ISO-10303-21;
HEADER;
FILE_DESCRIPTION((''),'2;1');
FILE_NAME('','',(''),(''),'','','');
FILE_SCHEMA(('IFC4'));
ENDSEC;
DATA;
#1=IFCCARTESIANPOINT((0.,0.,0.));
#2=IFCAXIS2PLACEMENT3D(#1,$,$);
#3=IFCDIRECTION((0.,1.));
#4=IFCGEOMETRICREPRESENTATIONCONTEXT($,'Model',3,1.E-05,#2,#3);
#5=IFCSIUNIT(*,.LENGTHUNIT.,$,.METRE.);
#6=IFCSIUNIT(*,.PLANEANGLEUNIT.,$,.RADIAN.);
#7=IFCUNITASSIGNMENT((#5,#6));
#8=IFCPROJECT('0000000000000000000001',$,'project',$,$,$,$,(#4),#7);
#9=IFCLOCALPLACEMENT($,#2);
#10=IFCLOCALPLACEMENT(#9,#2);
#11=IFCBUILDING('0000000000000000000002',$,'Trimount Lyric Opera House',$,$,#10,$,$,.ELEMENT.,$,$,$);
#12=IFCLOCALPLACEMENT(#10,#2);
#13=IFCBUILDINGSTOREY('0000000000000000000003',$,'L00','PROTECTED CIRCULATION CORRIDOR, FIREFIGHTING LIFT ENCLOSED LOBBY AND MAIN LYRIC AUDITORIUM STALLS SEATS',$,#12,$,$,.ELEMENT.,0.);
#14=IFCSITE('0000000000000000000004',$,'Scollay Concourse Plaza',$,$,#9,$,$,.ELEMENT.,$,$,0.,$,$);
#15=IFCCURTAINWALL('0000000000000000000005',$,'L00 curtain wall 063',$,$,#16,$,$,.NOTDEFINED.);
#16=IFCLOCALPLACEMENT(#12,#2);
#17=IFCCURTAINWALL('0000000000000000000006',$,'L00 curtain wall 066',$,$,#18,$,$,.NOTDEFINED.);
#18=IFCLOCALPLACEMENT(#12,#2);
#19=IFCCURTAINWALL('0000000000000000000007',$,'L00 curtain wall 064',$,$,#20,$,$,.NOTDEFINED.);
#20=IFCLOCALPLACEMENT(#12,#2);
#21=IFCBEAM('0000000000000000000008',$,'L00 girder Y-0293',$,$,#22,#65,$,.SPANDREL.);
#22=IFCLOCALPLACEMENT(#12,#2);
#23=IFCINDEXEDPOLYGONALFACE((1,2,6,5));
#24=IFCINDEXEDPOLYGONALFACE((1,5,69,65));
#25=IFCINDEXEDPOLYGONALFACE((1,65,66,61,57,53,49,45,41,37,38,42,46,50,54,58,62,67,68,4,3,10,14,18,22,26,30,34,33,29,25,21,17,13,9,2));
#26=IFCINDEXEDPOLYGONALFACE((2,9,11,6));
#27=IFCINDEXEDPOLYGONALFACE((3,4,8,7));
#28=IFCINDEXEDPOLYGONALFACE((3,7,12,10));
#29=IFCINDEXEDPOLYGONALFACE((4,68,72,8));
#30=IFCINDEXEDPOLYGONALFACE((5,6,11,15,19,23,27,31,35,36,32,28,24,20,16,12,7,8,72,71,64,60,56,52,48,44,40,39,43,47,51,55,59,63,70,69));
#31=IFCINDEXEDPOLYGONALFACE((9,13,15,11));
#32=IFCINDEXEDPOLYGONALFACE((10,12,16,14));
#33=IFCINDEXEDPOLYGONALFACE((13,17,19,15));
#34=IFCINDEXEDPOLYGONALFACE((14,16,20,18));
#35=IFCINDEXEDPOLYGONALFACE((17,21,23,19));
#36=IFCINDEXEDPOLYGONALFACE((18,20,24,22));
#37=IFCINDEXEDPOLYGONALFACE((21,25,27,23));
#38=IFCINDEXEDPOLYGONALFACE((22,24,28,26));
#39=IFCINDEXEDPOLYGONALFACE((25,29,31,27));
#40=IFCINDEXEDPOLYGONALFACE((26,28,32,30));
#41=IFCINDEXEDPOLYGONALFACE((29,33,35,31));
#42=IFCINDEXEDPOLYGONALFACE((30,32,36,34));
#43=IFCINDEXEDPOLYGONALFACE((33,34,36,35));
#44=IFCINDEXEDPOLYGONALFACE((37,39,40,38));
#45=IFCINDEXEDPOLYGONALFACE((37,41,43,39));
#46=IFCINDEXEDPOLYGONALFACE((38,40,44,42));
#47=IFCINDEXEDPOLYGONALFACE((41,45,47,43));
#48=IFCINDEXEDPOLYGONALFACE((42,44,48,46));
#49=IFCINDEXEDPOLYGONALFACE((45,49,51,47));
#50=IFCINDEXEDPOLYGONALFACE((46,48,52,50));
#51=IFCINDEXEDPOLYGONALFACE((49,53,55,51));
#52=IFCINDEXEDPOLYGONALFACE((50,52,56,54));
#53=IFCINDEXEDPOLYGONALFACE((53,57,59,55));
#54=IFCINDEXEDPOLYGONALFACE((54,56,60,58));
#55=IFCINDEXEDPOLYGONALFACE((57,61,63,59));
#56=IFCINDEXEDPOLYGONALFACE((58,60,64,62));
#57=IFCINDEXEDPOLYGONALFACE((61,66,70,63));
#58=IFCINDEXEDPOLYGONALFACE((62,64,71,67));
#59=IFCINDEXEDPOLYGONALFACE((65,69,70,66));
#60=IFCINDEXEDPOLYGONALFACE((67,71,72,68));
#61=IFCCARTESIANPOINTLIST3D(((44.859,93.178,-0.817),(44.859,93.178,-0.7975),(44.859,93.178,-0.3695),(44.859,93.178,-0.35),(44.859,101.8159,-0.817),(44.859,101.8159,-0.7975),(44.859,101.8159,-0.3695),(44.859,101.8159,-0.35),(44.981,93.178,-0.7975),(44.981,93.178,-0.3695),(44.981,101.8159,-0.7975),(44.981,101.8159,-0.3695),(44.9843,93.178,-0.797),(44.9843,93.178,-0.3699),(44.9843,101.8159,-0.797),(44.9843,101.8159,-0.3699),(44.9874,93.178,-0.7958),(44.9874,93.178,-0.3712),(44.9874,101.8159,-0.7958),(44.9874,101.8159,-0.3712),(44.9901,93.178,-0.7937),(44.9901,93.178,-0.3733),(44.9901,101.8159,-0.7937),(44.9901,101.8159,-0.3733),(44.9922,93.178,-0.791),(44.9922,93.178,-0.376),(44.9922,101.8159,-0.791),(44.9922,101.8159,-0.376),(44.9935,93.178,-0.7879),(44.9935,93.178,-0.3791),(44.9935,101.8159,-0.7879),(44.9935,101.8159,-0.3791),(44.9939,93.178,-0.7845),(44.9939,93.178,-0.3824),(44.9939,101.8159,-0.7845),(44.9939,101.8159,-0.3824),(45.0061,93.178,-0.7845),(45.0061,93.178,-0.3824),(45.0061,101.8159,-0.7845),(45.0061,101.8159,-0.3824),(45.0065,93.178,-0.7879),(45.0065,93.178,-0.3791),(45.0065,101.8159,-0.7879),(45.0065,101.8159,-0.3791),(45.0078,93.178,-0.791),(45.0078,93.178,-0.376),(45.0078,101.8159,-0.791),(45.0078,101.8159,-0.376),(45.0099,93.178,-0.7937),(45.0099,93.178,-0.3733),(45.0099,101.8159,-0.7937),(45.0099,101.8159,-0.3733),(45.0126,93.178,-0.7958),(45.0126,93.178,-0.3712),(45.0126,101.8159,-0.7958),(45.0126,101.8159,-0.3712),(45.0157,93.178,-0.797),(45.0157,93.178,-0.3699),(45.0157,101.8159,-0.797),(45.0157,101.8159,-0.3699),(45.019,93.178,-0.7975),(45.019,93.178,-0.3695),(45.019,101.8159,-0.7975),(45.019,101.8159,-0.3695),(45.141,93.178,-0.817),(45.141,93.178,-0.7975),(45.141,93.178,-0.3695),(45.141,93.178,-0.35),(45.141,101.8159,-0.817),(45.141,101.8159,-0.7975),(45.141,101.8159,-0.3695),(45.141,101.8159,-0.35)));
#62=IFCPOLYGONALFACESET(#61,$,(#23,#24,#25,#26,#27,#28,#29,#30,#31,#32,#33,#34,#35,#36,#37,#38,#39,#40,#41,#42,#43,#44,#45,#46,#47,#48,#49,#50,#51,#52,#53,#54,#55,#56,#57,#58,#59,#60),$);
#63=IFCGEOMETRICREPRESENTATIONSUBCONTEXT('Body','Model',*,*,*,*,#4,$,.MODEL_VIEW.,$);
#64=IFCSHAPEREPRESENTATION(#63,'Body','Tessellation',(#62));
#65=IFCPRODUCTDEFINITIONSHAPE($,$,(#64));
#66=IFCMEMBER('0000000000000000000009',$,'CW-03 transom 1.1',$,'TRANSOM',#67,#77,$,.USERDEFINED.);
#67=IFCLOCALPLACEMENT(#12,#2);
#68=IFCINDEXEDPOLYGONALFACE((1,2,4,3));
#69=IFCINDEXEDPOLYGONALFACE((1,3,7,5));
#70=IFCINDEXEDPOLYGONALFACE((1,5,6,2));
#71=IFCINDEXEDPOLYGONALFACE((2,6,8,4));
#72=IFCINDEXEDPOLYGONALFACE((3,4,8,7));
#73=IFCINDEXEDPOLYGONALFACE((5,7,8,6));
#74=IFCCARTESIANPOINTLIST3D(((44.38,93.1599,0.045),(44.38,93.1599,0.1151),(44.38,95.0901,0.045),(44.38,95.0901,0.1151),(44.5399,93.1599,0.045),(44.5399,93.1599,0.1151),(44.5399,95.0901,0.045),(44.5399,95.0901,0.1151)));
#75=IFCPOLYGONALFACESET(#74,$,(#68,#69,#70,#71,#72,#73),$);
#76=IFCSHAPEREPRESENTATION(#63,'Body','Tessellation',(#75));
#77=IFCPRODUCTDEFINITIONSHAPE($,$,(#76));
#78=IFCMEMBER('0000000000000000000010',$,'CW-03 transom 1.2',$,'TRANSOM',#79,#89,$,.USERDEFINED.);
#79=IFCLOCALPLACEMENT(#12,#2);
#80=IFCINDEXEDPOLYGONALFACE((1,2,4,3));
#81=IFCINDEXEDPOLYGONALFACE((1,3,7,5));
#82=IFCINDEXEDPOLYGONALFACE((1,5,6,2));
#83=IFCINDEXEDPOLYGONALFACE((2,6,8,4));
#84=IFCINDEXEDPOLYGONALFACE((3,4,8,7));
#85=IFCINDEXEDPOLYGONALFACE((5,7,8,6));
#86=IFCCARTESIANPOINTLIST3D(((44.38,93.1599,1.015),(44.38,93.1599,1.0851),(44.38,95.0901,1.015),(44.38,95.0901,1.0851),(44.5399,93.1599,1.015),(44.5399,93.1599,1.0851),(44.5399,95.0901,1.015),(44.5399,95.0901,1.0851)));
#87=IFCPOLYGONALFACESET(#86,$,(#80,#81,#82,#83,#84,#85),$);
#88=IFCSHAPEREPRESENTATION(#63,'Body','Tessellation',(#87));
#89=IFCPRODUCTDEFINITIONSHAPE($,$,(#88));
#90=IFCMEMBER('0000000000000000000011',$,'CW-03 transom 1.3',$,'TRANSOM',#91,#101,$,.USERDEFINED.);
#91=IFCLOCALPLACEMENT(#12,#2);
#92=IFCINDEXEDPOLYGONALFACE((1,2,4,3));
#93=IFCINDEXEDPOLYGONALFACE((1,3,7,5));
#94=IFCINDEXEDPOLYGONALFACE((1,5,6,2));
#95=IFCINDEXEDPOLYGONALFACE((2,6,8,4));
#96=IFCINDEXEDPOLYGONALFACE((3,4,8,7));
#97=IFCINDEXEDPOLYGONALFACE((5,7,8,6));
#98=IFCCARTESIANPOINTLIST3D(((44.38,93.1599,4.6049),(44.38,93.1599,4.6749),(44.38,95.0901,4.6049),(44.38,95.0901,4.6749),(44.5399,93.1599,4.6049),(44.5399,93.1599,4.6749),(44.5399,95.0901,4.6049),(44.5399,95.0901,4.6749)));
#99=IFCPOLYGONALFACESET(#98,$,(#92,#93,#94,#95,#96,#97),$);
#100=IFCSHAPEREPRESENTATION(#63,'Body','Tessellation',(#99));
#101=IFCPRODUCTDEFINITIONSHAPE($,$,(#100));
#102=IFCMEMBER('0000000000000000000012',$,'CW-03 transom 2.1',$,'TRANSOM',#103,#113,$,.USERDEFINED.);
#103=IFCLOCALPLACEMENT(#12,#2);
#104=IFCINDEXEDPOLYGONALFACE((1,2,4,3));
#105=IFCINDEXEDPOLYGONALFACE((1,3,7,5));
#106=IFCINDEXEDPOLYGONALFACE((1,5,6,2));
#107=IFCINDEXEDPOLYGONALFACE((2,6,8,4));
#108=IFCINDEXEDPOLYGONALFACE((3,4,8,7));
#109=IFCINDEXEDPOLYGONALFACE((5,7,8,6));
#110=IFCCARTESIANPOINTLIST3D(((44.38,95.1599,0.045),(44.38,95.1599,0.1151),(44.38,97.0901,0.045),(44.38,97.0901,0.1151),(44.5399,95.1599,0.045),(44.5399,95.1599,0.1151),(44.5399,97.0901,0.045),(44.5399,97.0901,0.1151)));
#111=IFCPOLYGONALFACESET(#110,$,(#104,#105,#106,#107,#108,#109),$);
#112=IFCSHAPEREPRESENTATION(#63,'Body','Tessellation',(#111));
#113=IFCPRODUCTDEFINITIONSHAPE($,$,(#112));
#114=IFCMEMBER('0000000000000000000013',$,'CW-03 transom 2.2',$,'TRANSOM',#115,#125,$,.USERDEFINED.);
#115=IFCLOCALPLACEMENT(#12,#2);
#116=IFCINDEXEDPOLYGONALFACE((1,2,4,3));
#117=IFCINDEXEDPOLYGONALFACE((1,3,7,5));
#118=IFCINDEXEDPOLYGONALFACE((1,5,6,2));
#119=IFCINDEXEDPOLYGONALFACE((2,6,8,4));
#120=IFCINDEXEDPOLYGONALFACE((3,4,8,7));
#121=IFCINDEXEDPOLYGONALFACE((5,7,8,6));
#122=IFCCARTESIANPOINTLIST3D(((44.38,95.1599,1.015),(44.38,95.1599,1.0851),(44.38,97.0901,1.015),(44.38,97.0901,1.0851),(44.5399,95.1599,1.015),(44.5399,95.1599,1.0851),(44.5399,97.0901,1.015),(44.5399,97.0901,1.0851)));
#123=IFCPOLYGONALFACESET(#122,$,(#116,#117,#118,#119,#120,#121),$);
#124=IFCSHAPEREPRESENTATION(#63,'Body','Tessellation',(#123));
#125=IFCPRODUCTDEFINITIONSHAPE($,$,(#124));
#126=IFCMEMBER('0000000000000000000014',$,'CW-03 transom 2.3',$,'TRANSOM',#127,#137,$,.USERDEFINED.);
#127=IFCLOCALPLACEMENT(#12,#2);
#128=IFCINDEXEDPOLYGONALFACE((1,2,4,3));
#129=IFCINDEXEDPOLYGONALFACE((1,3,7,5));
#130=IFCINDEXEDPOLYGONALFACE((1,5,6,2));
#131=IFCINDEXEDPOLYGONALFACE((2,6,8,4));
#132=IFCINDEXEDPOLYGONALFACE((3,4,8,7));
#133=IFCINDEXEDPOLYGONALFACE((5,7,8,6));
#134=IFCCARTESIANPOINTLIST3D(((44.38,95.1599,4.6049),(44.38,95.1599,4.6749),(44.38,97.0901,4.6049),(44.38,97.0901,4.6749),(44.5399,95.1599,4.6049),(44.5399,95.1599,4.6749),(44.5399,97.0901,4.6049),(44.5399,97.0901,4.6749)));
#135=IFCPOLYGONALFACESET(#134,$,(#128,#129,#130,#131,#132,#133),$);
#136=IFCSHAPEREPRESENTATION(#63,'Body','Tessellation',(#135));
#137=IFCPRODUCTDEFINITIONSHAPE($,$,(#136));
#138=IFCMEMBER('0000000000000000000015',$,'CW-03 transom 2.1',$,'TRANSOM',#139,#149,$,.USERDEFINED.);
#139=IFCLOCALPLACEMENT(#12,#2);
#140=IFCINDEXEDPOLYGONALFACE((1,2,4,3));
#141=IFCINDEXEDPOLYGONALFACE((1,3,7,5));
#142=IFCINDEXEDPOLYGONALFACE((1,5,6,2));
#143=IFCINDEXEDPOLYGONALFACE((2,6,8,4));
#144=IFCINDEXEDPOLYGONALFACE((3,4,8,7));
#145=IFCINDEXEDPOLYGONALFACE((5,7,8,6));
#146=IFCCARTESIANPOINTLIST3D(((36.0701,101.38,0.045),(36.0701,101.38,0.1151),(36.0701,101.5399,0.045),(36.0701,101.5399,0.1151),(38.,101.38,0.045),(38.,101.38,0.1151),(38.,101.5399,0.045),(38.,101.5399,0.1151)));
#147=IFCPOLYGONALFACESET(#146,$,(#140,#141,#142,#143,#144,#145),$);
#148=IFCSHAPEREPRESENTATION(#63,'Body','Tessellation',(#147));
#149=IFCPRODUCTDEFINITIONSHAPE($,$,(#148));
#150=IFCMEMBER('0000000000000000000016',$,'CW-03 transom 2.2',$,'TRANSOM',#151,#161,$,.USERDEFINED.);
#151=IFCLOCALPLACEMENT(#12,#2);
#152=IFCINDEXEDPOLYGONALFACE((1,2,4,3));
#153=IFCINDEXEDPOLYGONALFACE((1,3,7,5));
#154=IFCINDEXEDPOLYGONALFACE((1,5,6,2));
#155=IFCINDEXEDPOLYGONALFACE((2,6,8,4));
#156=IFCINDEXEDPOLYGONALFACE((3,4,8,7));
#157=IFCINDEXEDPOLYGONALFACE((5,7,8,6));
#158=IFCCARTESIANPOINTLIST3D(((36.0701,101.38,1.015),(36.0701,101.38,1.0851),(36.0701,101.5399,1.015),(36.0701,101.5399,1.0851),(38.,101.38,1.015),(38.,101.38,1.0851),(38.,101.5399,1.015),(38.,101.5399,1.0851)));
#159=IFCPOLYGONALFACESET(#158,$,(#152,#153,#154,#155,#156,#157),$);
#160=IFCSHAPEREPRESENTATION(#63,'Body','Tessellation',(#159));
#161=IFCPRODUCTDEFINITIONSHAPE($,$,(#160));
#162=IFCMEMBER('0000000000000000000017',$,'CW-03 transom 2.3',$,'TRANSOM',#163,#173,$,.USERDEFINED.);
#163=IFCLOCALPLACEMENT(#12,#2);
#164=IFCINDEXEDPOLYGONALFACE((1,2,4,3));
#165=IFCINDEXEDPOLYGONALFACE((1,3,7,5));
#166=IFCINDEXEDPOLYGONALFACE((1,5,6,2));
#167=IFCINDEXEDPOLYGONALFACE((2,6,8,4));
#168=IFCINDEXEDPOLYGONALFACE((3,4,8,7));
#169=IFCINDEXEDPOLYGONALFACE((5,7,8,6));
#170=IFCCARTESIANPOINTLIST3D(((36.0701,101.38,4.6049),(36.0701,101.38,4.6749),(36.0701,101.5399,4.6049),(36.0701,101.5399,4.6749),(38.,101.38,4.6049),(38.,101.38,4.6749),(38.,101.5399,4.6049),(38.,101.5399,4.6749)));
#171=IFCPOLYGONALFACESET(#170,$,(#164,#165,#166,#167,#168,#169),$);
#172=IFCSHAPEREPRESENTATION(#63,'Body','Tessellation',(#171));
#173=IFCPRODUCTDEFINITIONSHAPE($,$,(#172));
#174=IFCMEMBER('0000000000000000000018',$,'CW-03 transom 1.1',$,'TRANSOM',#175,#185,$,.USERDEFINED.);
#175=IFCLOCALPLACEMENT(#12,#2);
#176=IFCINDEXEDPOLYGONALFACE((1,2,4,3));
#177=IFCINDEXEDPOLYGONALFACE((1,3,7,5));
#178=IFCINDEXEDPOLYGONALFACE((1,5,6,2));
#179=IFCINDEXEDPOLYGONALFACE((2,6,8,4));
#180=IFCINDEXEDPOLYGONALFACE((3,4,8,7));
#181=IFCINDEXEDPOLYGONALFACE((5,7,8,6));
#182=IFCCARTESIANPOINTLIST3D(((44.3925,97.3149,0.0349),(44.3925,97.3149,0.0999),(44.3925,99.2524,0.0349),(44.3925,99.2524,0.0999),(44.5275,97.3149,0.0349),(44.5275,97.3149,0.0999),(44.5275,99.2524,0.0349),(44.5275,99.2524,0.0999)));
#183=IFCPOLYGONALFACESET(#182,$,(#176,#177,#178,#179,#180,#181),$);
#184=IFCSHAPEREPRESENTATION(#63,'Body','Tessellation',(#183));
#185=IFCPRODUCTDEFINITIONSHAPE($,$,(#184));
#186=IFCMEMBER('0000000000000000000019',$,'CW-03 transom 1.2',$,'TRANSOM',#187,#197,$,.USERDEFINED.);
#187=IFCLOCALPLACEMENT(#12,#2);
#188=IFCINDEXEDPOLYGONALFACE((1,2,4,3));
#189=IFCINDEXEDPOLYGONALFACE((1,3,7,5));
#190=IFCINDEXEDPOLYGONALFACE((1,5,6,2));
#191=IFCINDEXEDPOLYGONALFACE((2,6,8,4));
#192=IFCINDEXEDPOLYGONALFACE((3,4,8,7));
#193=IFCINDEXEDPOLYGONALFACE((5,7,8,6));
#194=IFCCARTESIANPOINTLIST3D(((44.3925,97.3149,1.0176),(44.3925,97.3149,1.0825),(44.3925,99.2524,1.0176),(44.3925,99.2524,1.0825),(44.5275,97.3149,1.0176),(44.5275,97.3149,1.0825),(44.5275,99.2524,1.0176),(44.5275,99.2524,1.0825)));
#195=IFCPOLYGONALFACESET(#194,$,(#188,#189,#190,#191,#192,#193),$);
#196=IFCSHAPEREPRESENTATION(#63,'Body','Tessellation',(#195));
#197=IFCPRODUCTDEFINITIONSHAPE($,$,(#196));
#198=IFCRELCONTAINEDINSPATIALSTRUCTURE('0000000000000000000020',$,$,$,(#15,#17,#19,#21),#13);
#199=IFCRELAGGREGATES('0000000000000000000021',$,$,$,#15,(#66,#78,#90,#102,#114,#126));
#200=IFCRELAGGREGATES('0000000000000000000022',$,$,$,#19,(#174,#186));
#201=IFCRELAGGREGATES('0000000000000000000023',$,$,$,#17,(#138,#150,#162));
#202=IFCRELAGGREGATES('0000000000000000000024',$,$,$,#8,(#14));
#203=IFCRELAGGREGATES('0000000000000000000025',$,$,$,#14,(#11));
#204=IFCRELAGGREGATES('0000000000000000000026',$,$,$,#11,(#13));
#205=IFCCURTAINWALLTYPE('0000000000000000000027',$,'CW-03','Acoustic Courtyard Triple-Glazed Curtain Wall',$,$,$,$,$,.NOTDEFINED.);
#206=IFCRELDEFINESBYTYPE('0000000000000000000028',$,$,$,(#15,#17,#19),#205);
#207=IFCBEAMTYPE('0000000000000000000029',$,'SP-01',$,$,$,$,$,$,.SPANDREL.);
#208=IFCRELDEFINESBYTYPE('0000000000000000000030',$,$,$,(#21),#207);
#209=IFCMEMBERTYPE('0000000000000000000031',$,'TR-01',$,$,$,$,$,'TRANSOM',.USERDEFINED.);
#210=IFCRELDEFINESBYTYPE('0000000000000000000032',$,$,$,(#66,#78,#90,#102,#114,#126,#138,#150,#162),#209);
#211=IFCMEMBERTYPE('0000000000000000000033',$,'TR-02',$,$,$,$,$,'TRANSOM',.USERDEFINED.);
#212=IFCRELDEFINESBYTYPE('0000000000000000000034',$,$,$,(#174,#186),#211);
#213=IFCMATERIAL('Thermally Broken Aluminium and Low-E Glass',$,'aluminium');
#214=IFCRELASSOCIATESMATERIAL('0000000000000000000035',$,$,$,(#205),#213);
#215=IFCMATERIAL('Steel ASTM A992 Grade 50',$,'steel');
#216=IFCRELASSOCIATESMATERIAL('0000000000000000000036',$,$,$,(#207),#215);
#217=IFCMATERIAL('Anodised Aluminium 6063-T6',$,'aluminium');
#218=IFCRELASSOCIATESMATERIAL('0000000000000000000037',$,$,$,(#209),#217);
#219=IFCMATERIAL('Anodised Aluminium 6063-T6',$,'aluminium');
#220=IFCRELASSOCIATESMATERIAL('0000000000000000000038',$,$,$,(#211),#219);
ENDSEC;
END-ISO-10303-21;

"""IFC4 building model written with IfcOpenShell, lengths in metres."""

from ifc_helpers import new_model, si_unit, direction, frame, origin, origin_2d, place, context, subcontext, project, spatial, rectangle, i_section, extrude, material, material_profile, profile_set, type_object, element, aggregate, save


model = new_model("IFC4")

# Units and contexts
model_context = context("Model", 3, precision=1e-05, world=origin(), true_north=direction((0.0, 1.0)))
body_context = subcontext(model_context, "Body", "Model", "MODEL_VIEW")
ifc_project = project(units=[si_unit("LENGTHUNIT", "METRE"), si_unit("PLANEANGLEUNIT", "RADIAN")], contexts=[model_context])

# Site, building, storey
site_placement = place(None, origin())
site = spatial("IfcSite", under=ifc_project, at=site_placement, Name="Scollay Concourse Plaza", CompositionType="ELEMENT", RefElevation=0.0)
building_placement = place(site_placement, origin())
building = spatial("IfcBuilding", under=site, at=building_placement, Name="Trimount Lyric Opera House", CompositionType="ELEMENT")
storey_placement = place(building_placement, origin())
storey = spatial("IfcBuildingStorey", under=building, at=storey_placement, Name="L00", Description="PROTECTED CIRCULATION CORRIDOR, FIREFIGHTING LIFT ENCLOSED LOBBY AND MAIN LYRIC AUDITORIUM STALLS SEATS", CompositionType="ELEMENT", Elevation=0.0)

# Curtain walls
ifc_material_1 = material(Name="Thermally Broken Aluminium and Low-E Glass", Category="aluminium")
curtain_wall_type = type_object("IfcCurtainWallType", Name="CW-03", Description="Acoustic Courtyard Triple-Glazed Curtain Wall", PredefinedType="NOTDEFINED", material=ifc_material_1)
curtain_wall_1_placement = place(storey_placement, origin())
curtain_wall_1 = element("IfcCurtainWall", 1, at=curtain_wall_1_placement, inside=storey, type_object=curtain_wall_type, Name="L00 curtain wall 063", PredefinedType="NOTDEFINED")
curtain_wall_2_placement = place(storey_placement, origin())
curtain_wall_2 = element("IfcCurtainWall", 2, at=curtain_wall_2_placement, inside=storey, type_object=curtain_wall_type, Name="L00 curtain wall 066", PredefinedType="NOTDEFINED")
curtain_wall_3_placement = place(storey_placement, origin())
curtain_wall_3 = element("IfcCurtainWall", 3, at=curtain_wall_3_placement, inside=storey, type_object=curtain_wall_type, Name="L00 curtain wall 064", PredefinedType="NOTDEFINED")

# Beam
ifc_material_2 = material(Name="Steel ASTM A992 Grade 50", Category="steel")
ifc_material_profile_1 = material_profile(ifc_material_2, i_section(OverallWidth=0.282, OverallDepth=0.467, WebThickness=0.0122, FlangeThickness=0.0195, FilletRadius=0.0129, at=origin_2d()), Name="W18X86")
ifc_profile_set_1 = profile_set([ifc_material_profile_1], Name="Steel ASTM A992 Grade 50")
beam_type = type_object("IfcBeamType", Name="SP-01", PredefinedType="SPANDREL", material=ifc_profile_set_1)
beam_placement = place(storey_placement, frame((45.0, 93.178, -0.5835), z_axis=(0.0, 1.0, 0.0), x_axis=(-1.0, 0.0, 0.0)))
element("IfcBeam", 4, at=beam_placement, inside=storey, type_object=beam_type, Name="L00 girder Y-0293", PredefinedType="SPANDREL", context=body_context, shape_type="SweptSolid", body=[
    extrude(i_section(OverallWidth=0.282, OverallDepth=0.467, WebThickness=0.0122, FlangeThickness=0.0195, FilletRadius=0.0129, at=origin_2d()), origin(), (0.0, 0.0, 1.0), 8.6379),
])

# Members
ifc_material_3 = material(Name="Anodised Aluminium 6063-T6", Category="aluminium")
ifc_material_profile_2 = material_profile(ifc_material_3, rectangle(XDim=0.1599, YDim=0.0701, at=origin_2d()), Name="ALU-TRAN-70X160")
ifc_profile_set_2 = profile_set([ifc_material_profile_2], Name="Anodised Aluminium 6063-T6")
member_type_1 = type_object("IfcMemberType", Name="TR-01", ElementType="TRANSOM", PredefinedType="USERDEFINED", material=ifc_profile_set_2)
member_1_placement = place(storey_placement, frame((44.46, 93.1599, 0.0801), z_axis=(0.0, 1.0, 0.0), x_axis=(-1.0, 0.0, 0.0)))
member_1 = element("IfcMember", 5, at=member_1_placement, type_object=member_type_1, Name="CW-03 transom 1.1", ObjectType="TRANSOM", PredefinedType="USERDEFINED", context=body_context, shape_type="SweptSolid", body=[
    extrude(rectangle(XDim=0.1599, YDim=0.0701, at=origin_2d()), origin(), (0.0, 0.0, 1.0), 1.9302),
])
member_2_placement = place(storey_placement, frame((44.46, 93.1599, 1.05), z_axis=(0.0, 1.0, 0.0), x_axis=(-1.0, 0.0, 0.0)))
member_2 = element("IfcMember", 6, at=member_2_placement, type_object=member_type_1, Name="CW-03 transom 1.2", ObjectType="TRANSOM", PredefinedType="USERDEFINED", context=body_context, shape_type="SweptSolid", body=[
    extrude(rectangle(XDim=0.1599, YDim=0.0701, at=origin_2d()), origin(), (0.0, 0.0, 1.0), 1.9302),
])
member_3_placement = place(storey_placement, frame((44.46, 93.1599, 4.6399), z_axis=(0.0, 1.0, 0.0), x_axis=(-1.0, 0.0, 0.0)))
member_3 = element("IfcMember", 7, at=member_3_placement, type_object=member_type_1, Name="CW-03 transom 1.3", ObjectType="TRANSOM", PredefinedType="USERDEFINED", context=body_context, shape_type="SweptSolid", body=[
    extrude(rectangle(XDim=0.1599, YDim=0.0701, at=origin_2d()), origin(), (0.0, 0.0, 1.0), 1.9302),
])
member_4_placement = place(storey_placement, frame((44.46, 95.1599, 0.0801), z_axis=(0.0, 1.0, 0.0), x_axis=(-1.0, 0.0, 0.0)))
member_4 = element("IfcMember", 8, at=member_4_placement, type_object=member_type_1, Name="CW-03 transom 2.1", ObjectType="TRANSOM", PredefinedType="USERDEFINED", context=body_context, shape_type="SweptSolid", body=[
    extrude(rectangle(XDim=0.1599, YDim=0.0701, at=origin_2d()), origin(), (0.0, 0.0, 1.0), 1.9302),
])
member_5_placement = place(storey_placement, frame((44.46, 95.1599, 1.05), z_axis=(0.0, 1.0, 0.0), x_axis=(-1.0, 0.0, 0.0)))
member_5 = element("IfcMember", 9, at=member_5_placement, type_object=member_type_1, Name="CW-03 transom 2.2", ObjectType="TRANSOM", PredefinedType="USERDEFINED", context=body_context, shape_type="SweptSolid", body=[
    extrude(rectangle(XDim=0.1599, YDim=0.0701, at=origin_2d()), origin(), (0.0, 0.0, 1.0), 1.9302),
])
member_6_placement = place(storey_placement, frame((44.46, 95.1599, 4.6399), z_axis=(0.0, 1.0, 0.0), x_axis=(-1.0, 0.0, 0.0)))
member_6 = element("IfcMember", 10, at=member_6_placement, type_object=member_type_1, Name="CW-03 transom 2.3", ObjectType="TRANSOM", PredefinedType="USERDEFINED", context=body_context, shape_type="SweptSolid", body=[
    extrude(rectangle(XDim=0.1599, YDim=0.0701, at=origin_2d()), origin(), (0.0, 0.0, 1.0), 1.9302),
])
member_7_placement = place(storey_placement, frame((38.0, 101.46, 0.0801), z_axis=(-1.0, 0.0, 0.0), x_axis=(0.0, -1.0, 0.0)))
member_7 = element("IfcMember", 11, at=member_7_placement, type_object=member_type_1, Name="CW-03 transom 2.1", ObjectType="TRANSOM", PredefinedType="USERDEFINED", context=body_context, shape_type="SweptSolid", body=[
    extrude(rectangle(XDim=0.1599, YDim=0.0701, at=origin_2d()), origin(), (0.0, 0.0, 1.0), 1.9299),
])
member_8_placement = place(storey_placement, frame((38.0, 101.46, 1.05), z_axis=(-1.0, 0.0, 0.0), x_axis=(0.0, -1.0, 0.0)))
member_8 = element("IfcMember", 12, at=member_8_placement, type_object=member_type_1, Name="CW-03 transom 2.2", ObjectType="TRANSOM", PredefinedType="USERDEFINED", context=body_context, shape_type="SweptSolid", body=[
    extrude(rectangle(XDim=0.1599, YDim=0.0701, at=origin_2d()), origin(), (0.0, 0.0, 1.0), 1.9299),
])
member_9_placement = place(storey_placement, frame((38.0, 101.46, 4.6399), z_axis=(-1.0, 0.0, 0.0), x_axis=(0.0, -1.0, 0.0)))
member_9 = element("IfcMember", 13, at=member_9_placement, type_object=member_type_1, Name="CW-03 transom 2.3", ObjectType="TRANSOM", PredefinedType="USERDEFINED", context=body_context, shape_type="SweptSolid", body=[
    extrude(rectangle(XDim=0.1599, YDim=0.0701, at=origin_2d()), origin(), (0.0, 0.0, 1.0), 1.9299),
])
ifc_material_4 = material(Name="Anodised Aluminium 6063-T6", Category="aluminium")
ifc_material_profile_3 = material_profile(ifc_material_4, rectangle(XDim=0.135, YDim=0.0649, at=origin_2d()), Name="ALU-TRAN-65X135")
ifc_profile_set_3 = profile_set([ifc_material_profile_3], Name="Anodised Aluminium 6063-T6")
member_type_2 = type_object("IfcMemberType", Name="TR-02", ElementType="TRANSOM", PredefinedType="USERDEFINED", material=ifc_profile_set_3)
member_10_placement = place(storey_placement, frame((44.46, 97.3149, 0.0674), z_axis=(0.0, 1.0, 0.0), x_axis=(-1.0, 0.0, 0.0)))
member_10 = element("IfcMember", 14, at=member_10_placement, type_object=member_type_2, Name="CW-03 transom 1.1", ObjectType="TRANSOM", PredefinedType="USERDEFINED", context=body_context, shape_type="SweptSolid", body=[
    extrude(rectangle(XDim=0.135, YDim=0.0649, at=origin_2d()), origin(), (0.0, 0.0, 1.0), 1.9375),
])
member_11_placement = place(storey_placement, frame((44.46, 97.3149, 1.05), z_axis=(0.0, 1.0, 0.0), x_axis=(-1.0, 0.0, 0.0)))
member_11 = element("IfcMember", 15, at=member_11_placement, type_object=member_type_2, Name="CW-03 transom 1.2", ObjectType="TRANSOM", PredefinedType="USERDEFINED", context=body_context, shape_type="SweptSolid", body=[
    extrude(rectangle(XDim=0.135, YDim=0.0649, at=origin_2d()), origin(), (0.0, 0.0, 1.0), 1.9375),
])

aggregate(curtain_wall_1, [member_1, member_2, member_3, member_4, member_5, member_6])
aggregate(curtain_wall_3, [member_10, member_11])
aggregate(curtain_wall_2, [member_7, member_8, member_9])

save(model, "model.ifc")
